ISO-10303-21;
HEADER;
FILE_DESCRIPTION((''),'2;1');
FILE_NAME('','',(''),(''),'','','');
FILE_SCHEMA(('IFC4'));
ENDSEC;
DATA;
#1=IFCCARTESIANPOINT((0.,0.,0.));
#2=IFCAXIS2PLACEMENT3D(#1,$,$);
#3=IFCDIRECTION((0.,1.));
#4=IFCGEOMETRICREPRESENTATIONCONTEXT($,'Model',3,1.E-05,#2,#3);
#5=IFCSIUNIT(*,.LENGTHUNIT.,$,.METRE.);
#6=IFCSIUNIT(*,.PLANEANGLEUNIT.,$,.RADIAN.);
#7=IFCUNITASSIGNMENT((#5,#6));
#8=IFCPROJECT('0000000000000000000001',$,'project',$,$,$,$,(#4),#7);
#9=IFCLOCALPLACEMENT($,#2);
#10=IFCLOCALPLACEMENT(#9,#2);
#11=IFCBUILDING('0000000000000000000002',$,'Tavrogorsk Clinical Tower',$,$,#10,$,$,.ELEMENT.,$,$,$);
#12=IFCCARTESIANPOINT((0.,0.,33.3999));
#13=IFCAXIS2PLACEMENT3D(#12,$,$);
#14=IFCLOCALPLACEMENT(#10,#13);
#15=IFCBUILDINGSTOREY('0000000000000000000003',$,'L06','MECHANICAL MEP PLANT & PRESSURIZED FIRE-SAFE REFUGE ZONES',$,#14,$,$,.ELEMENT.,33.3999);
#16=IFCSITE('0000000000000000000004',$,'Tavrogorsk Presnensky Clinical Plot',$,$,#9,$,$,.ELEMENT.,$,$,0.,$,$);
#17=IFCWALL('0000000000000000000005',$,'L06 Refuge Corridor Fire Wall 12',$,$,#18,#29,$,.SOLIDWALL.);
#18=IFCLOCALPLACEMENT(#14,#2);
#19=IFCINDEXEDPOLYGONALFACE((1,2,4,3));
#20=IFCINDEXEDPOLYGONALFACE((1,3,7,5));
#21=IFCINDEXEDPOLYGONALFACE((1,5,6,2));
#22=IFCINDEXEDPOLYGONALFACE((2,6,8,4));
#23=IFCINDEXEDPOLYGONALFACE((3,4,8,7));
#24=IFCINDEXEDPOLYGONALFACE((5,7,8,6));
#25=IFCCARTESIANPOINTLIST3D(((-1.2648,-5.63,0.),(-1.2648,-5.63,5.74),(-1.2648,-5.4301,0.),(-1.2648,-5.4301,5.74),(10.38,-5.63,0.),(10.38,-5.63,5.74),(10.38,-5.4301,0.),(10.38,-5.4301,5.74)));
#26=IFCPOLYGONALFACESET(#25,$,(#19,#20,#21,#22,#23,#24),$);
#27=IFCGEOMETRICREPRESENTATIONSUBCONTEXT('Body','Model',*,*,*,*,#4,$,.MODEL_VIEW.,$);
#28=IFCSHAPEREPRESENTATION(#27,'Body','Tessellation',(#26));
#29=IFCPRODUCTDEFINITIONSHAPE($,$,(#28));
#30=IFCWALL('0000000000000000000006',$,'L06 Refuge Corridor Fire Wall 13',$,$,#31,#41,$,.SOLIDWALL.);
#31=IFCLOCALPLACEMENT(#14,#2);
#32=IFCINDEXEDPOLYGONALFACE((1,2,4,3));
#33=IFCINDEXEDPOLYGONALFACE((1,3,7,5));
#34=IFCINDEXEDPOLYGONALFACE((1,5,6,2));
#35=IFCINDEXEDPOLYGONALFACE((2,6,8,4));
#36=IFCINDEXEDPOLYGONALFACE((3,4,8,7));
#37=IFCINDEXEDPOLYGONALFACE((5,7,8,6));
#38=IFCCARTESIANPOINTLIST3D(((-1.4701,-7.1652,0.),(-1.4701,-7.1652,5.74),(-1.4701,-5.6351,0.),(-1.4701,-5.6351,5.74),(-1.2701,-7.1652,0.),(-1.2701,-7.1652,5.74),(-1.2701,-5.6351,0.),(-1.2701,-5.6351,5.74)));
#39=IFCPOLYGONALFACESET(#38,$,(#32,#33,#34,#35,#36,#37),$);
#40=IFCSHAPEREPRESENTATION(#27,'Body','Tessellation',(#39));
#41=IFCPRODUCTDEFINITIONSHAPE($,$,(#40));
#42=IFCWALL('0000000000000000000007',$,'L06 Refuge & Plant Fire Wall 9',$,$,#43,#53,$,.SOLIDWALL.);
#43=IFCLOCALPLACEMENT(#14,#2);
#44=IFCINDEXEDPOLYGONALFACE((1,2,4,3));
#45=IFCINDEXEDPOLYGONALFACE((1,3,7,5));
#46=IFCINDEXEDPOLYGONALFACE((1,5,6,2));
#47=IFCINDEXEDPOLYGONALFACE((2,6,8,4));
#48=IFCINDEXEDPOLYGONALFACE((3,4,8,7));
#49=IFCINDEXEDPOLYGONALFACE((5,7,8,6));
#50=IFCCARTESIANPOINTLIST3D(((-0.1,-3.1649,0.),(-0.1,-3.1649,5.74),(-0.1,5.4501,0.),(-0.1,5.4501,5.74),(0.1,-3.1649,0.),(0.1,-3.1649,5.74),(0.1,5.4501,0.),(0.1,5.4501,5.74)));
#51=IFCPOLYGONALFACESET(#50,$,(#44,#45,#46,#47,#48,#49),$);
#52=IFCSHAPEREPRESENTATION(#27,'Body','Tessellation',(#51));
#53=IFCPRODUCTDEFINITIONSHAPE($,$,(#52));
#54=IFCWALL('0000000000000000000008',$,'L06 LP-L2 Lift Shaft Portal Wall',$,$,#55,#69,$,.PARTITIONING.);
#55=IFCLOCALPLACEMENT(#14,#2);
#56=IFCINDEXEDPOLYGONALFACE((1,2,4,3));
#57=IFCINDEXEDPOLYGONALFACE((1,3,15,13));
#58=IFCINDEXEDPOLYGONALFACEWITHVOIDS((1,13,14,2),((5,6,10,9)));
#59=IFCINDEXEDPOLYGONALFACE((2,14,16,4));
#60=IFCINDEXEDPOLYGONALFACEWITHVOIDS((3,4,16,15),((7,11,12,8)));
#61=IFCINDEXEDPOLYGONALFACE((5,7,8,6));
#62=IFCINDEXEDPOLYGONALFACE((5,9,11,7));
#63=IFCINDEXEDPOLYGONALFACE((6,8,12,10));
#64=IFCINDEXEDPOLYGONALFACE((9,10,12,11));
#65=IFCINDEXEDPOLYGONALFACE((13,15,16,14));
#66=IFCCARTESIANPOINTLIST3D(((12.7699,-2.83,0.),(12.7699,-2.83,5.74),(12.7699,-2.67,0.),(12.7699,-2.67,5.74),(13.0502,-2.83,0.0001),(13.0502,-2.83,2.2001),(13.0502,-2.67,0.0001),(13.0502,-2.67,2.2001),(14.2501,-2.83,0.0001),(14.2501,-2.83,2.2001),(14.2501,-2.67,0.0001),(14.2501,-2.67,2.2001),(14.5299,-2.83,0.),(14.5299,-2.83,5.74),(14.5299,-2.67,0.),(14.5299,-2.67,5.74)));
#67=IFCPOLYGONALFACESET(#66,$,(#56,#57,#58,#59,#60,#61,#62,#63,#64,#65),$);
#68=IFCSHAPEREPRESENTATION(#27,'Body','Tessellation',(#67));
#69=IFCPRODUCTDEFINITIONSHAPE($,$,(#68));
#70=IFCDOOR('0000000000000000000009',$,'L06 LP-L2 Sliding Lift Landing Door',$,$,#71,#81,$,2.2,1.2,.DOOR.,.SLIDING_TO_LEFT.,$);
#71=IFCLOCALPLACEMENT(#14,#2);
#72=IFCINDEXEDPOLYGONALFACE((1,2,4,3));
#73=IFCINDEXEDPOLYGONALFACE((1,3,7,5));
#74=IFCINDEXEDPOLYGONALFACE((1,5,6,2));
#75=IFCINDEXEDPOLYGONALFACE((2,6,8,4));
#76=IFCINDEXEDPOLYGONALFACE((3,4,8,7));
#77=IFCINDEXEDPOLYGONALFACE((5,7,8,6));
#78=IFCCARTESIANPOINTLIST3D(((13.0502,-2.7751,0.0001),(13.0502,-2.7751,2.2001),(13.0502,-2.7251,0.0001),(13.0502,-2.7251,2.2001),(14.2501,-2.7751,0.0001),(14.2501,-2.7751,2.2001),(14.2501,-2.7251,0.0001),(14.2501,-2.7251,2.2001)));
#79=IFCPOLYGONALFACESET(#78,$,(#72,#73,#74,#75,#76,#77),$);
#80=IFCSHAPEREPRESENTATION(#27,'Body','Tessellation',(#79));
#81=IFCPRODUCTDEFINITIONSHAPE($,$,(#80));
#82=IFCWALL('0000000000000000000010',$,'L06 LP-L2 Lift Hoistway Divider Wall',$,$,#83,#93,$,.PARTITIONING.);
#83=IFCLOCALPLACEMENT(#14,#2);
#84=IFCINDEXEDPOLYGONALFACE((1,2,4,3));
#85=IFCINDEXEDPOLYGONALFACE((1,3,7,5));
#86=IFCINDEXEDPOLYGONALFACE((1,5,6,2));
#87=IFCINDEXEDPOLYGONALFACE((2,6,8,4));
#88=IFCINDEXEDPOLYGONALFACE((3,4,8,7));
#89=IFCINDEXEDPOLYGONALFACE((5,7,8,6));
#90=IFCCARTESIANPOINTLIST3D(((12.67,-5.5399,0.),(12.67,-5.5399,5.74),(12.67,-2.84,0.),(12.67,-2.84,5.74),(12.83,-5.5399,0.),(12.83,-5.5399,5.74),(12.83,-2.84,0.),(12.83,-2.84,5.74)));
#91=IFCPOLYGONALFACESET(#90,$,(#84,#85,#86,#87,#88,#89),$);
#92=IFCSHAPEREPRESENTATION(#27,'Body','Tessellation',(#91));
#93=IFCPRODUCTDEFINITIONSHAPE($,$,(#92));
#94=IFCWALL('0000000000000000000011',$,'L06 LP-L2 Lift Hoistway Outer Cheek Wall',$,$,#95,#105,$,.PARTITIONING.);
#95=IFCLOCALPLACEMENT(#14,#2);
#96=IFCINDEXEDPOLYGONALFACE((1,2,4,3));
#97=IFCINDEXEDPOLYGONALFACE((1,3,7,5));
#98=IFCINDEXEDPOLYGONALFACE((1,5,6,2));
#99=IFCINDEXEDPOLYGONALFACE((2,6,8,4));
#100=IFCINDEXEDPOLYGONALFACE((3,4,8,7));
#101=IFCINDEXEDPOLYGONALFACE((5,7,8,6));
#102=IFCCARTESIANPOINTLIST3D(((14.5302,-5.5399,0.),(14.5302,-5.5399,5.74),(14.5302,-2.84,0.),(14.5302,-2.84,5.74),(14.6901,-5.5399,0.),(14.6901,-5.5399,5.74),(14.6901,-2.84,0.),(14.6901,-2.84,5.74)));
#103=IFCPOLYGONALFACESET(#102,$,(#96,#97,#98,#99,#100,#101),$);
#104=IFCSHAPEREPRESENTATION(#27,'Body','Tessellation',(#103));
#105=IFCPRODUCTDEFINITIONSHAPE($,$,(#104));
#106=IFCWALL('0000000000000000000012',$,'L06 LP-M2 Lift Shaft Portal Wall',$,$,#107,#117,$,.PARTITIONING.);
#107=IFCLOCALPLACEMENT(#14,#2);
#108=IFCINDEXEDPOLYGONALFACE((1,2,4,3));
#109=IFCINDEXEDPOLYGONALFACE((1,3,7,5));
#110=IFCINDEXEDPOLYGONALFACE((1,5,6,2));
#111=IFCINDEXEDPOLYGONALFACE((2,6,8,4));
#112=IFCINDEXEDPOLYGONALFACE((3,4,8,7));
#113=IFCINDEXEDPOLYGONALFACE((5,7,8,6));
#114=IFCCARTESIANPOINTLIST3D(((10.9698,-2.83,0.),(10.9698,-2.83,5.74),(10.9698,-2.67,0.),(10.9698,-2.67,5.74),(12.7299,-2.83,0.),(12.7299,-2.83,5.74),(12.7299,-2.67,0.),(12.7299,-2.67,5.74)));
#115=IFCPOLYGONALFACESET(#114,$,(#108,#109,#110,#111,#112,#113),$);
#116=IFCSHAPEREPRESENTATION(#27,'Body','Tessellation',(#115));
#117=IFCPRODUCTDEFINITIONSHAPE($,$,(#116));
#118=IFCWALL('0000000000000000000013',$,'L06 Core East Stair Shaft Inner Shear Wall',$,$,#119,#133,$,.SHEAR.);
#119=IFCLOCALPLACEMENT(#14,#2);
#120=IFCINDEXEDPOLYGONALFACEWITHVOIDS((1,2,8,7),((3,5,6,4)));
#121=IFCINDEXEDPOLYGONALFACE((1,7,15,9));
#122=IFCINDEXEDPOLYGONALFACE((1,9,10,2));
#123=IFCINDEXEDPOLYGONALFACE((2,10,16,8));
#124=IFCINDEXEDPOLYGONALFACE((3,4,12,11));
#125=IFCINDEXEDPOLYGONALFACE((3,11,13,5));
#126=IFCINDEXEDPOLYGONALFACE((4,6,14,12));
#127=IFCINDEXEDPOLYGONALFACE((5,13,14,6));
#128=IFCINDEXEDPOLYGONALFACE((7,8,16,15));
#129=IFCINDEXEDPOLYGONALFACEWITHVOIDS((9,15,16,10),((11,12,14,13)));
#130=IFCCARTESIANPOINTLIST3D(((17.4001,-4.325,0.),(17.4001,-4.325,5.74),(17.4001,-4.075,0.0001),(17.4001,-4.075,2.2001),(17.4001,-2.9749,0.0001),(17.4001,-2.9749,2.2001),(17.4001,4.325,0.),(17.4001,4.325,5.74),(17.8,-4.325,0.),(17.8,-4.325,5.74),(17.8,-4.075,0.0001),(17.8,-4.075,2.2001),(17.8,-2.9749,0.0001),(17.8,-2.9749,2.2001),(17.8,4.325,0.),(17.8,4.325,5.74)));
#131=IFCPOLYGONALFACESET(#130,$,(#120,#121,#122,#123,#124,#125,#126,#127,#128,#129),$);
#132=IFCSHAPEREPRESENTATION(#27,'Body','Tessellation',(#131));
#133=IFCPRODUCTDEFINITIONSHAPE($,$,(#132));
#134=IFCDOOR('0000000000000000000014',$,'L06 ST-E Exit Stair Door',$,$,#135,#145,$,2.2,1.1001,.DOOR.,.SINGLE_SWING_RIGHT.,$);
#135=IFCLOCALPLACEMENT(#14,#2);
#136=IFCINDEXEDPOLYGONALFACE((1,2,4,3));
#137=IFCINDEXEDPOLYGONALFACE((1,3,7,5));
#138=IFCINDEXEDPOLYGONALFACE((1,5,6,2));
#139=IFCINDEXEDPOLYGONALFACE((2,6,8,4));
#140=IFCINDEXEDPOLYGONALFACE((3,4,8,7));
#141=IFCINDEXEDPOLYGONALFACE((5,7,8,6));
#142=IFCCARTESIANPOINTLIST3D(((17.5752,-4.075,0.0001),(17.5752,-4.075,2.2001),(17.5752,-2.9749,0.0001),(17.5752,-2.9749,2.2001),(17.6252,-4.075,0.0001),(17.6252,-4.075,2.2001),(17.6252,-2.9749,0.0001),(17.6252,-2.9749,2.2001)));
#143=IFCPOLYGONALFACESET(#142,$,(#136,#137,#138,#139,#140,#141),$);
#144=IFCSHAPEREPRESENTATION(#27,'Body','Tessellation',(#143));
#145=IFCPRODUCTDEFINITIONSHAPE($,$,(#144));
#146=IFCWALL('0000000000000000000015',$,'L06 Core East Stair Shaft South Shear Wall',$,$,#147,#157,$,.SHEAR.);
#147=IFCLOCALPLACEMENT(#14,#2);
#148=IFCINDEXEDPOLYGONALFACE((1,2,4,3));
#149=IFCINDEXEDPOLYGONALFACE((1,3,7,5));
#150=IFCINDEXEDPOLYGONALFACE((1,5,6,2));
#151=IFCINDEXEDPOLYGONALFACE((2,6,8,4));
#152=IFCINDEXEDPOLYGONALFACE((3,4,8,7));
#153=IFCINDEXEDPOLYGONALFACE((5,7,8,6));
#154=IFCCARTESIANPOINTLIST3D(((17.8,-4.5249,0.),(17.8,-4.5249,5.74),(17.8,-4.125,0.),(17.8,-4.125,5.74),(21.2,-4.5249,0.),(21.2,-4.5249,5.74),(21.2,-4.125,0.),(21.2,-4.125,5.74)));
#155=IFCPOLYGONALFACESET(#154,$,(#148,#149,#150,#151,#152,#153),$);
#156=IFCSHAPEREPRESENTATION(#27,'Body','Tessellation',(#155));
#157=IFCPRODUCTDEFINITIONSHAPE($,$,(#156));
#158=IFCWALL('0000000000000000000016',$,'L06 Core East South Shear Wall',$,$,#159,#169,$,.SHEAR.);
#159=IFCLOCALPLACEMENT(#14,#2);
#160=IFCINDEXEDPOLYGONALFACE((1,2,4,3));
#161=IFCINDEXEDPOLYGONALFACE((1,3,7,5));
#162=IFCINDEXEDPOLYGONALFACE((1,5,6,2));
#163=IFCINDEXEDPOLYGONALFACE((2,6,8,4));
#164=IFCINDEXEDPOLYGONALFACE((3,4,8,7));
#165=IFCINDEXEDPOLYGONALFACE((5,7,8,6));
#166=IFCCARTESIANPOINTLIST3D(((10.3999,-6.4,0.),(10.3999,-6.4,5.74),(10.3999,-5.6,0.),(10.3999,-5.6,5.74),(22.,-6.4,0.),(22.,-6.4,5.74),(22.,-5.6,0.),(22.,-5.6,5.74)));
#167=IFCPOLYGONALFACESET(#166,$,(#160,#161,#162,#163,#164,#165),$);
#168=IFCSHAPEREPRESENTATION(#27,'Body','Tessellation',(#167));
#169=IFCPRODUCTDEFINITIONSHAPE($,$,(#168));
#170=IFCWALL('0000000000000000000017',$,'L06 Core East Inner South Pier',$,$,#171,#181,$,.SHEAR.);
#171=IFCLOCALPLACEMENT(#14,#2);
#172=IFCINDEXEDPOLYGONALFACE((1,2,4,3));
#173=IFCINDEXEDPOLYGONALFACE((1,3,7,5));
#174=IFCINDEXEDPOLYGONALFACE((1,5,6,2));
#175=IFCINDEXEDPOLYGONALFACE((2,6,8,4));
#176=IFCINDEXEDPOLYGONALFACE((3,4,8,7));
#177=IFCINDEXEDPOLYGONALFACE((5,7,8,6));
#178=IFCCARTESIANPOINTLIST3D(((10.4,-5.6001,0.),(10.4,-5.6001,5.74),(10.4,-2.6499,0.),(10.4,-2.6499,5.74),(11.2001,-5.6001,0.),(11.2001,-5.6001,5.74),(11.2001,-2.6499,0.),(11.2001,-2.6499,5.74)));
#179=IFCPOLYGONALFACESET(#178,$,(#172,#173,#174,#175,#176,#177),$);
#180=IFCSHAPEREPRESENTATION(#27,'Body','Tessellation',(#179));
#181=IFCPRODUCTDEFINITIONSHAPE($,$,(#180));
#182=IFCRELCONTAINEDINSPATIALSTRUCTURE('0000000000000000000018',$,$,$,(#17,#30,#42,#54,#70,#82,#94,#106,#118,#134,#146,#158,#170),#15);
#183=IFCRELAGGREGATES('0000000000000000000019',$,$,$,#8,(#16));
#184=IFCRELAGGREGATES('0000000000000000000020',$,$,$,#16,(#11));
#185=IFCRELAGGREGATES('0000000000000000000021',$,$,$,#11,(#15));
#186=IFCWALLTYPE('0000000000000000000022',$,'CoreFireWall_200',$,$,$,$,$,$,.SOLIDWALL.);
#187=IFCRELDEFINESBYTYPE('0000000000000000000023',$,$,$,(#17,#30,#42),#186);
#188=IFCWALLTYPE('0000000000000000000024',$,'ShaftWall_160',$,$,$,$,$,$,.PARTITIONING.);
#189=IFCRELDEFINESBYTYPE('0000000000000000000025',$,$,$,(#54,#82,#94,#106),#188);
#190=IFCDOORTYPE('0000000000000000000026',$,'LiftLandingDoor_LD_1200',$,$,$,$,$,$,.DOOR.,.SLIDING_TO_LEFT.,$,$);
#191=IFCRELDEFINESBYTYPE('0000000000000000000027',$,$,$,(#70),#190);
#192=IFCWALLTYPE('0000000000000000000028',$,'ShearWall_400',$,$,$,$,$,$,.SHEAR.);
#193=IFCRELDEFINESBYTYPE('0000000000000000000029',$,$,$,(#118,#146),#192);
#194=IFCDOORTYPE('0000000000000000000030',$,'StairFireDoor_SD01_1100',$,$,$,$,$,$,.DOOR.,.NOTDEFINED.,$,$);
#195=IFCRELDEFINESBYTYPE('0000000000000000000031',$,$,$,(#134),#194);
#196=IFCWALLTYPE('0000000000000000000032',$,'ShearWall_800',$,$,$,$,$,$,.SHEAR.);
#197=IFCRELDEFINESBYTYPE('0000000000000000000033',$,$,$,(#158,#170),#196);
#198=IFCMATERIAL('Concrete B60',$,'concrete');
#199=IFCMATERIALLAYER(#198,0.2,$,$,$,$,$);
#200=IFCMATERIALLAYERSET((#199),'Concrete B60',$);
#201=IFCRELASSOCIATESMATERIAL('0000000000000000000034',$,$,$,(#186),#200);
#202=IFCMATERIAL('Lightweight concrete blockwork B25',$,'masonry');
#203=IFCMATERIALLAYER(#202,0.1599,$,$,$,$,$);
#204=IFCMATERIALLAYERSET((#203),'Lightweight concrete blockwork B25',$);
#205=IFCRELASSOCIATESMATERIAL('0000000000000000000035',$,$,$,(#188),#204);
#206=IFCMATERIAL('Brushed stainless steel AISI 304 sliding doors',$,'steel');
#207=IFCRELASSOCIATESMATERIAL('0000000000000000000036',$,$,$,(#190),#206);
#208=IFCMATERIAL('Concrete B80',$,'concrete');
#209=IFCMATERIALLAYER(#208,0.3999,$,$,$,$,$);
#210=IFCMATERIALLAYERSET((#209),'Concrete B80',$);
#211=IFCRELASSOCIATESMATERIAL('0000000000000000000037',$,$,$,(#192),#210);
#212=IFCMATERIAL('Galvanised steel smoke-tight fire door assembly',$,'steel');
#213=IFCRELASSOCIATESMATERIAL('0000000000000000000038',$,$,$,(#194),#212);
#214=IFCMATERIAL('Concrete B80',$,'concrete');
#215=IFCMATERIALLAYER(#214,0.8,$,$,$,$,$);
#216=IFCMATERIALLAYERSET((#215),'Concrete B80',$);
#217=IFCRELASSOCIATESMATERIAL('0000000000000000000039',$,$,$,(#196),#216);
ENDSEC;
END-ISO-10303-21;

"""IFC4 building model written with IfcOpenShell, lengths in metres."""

from ifc_helpers import new_model, si_unit, direction, frame, frame_2d, origin, place, context, subcontext, project, spatial, rectangle, extrude, material, layer, layer_set, type_object, element, fill, save


model = new_model("IFC4")

# Units and contexts
model_context = context("Model", 3, precision=1e-05, world=origin(), true_north=direction((0.0, 1.0)))
body_context = subcontext(model_context, "Body", "Model", "MODEL_VIEW")
ifc_project = project(units=[si_unit("LENGTHUNIT", "METRE"), si_unit("PLANEANGLEUNIT", "RADIAN")], contexts=[model_context])

# Site, building, storey
site_placement = place(None, origin())
site = spatial("IfcSite", under=ifc_project, at=site_placement, Name="Tavrogorsk Presnensky Clinical Plot", CompositionType="ELEMENT", RefElevation=0.0)
building_placement = place(site_placement, origin())
building = spatial("IfcBuilding", under=site, at=building_placement, Name="Tavrogorsk Clinical Tower", CompositionType="ELEMENT")
storey_placement = place(building_placement, frame((0.0, 0.0, 33.3999)))
storey = spatial("IfcBuildingStorey", under=building, at=storey_placement, Name="L06", Description="MECHANICAL MEP PLANT & PRESSURIZED FIRE-SAFE REFUGE ZONES", CompositionType="ELEMENT", Elevation=33.3999)

# Shared definitions
ifc_material_1 = material(Name="Concrete B60", Category="concrete")
ifc_layer_1 = layer(ifc_material_1, 0.2)
ifc_layer_set_1 = layer_set([ifc_layer_1], Name="Concrete B60")
wall_type_1 = type_object("IfcWallType", Name="CoreFireWall_200", PredefinedType="SOLIDWALL", material=ifc_layer_set_1)

# Walls
wall_1_placement = place(storey_placement, frame((10.3799, -5.53, 0.0), z_axis=(0.0, 0.0, 1.0), x_axis=(-1.0, 0.0, 0.0)))
element("IfcWall", 1, at=wall_1_placement, inside=storey, type_object=wall_type_1, Name="L06 Refuge Corridor Fire Wall 12", PredefinedType="SOLIDWALL", context=body_context, shape_type="SweptSolid", body=[
    extrude(rectangle(XDim=11.6448, YDim=0.2, at=frame_2d((5.8223, 0.0))), origin(), (0.0, 0.0, 1.0), 5.74),
])
wall_2_placement = place(storey_placement, frame((-1.3701, -5.635, 0.0), z_axis=(0.0, 0.0, 1.0), x_axis=(0.0, -1.0, 0.0)))
element("IfcWall", 2, at=wall_2_placement, inside=storey, type_object=wall_type_1, Name="L06 Refuge Corridor Fire Wall 13", PredefinedType="SOLIDWALL", context=body_context, shape_type="SweptSolid", body=[
    extrude(rectangle(XDim=1.53, YDim=0.2, at=frame_2d((0.7651, 0.0))), origin(), (0.0, 0.0, 1.0), 5.74),
])
wall_3_placement = place(storey_placement, frame((0.0, -3.165, 0.0), z_axis=(0.0, 0.0, 1.0), x_axis=(0.0, 1.0, 0.0)))
element("IfcWall", 3, at=wall_3_placement, inside=storey, type_object=wall_type_1, Name="L06 Refuge & Plant Fire Wall 9", PredefinedType="SOLIDWALL", context=body_context, shape_type="SweptSolid", body=[
    extrude(rectangle(XDim=8.615, YDim=0.2, at=frame_2d((4.3076, 0.0))), origin(), (0.0, 0.0, 1.0), 5.74),
])

# Wall, opening, door
ifc_material_2 = material(Name="Lightweight concrete blockwork B25", Category="masonry")
ifc_layer_2 = layer(ifc_material_2, 0.1599)
ifc_layer_set_2 = layer_set([ifc_layer_2], Name="Lightweight concrete blockwork B25")
wall_type_2 = type_object("IfcWallType", Name="ShaftWall_160", PredefinedType="PARTITIONING", material=ifc_layer_set_2)
wall_4_placement = place(storey_placement, frame((12.77, -2.75, 0.0), z_axis=(0.0, 0.0, 1.0), x_axis=(1.0, 0.0, 0.0)))
wall_4 = element("IfcWall", 4, at=wall_4_placement, inside=storey, type_object=wall_type_2, Name="L06 LP-L2 Lift Shaft Portal Wall", PredefinedType="PARTITIONING", context=body_context, shape_type="SweptSolid", body=[
    extrude(rectangle(XDim=1.76, YDim=0.1599, at=frame_2d((0.8799, 0.0))), origin(), (0.0, 0.0, 1.0), 5.74),
])
opening_1_placement = place(wall_4_placement, frame((0.28, 0.0, 0.0)))
opening_1 = element("IfcOpeningElement", 5, at=opening_1_placement, cuts=wall_4, PredefinedType="OPENING", context=body_context, shape_type="SweptSolid", body=[
    extrude(rectangle(XDim=1.2, YDim=2.2, at=frame_2d((0.6001, 1.1001))), frame((0.0, 0.0898, 0.0), z_axis=(0.0, -1.0, 0.0), x_axis=(1.0, 0.0, 0.0)), (0.0, 0.0, 1.0), 0.1799),
])
ifc_material_3 = material(Name="Brushed stainless steel AISI 304 sliding doors", Category="steel")
door_type_1 = type_object("IfcDoorType", Name="LiftLandingDoor_LD_1200", OperationType="SLIDING_TO_LEFT", PredefinedType="DOOR", material=ifc_material_3)
door_1_placement = place(opening_1_placement, origin())
door_1 = element("IfcDoor", 6, at=door_1_placement, inside=storey, type_object=door_type_1, Name="L06 LP-L2 Sliding Lift Landing Door", OperationType="SLIDING_TO_LEFT", OverallHeight=2.2, OverallWidth=1.2, PredefinedType="DOOR", context=body_context, shape_type="SweptSolid", body=[
    extrude(rectangle(XDim=1.2, YDim=2.2, at=frame_2d((0.6001, 1.1001))), frame((0.0, 0.0249, 0.0), z_axis=(0.0, -1.0, 0.0), x_axis=(1.0, 0.0, 0.0)), (0.0, 0.0, 1.0), 0.05),
])
fill(opening_1, door_1)

# Walls
for number, where, z_axis, x_axis, name in (
    (7, (12.75, -5.54, 0.0), (0.0, 0.0, 1.0), (0.0, 1.0, 0.0), "L06 LP-L2 Lift Hoistway Divider Wall"),
    (8, (14.6101, -5.54, 0.0), (0.0, 0.0, 1.0), (0.0, 1.0, 0.0), "L06 LP-L2 Lift Hoistway Outer Cheek Wall"),
):
    element("IfcWall", number, at=place(storey_placement, frame(where, z_axis=z_axis, x_axis=x_axis)), inside=storey, type_object=wall_type_2, Name=name, PredefinedType="PARTITIONING", context=body_context, shape_type="SweptSolid", body=[
        extrude(rectangle(XDim=2.7, YDim=0.1599, at=frame_2d((1.3501, 0.0))), origin(), (0.0, 0.0, 1.0), 5.74),
    ])
wall_5_placement = place(storey_placement, frame((10.97, -2.75, 0.0), z_axis=(0.0, 0.0, 1.0), x_axis=(1.0, 0.0, 0.0)))
element("IfcWall", 9, at=wall_5_placement, inside=storey, type_object=wall_type_2, Name="L06 LP-M2 Lift Shaft Portal Wall", PredefinedType="PARTITIONING", context=body_context, shape_type="SweptSolid", body=[
    extrude(rectangle(XDim=1.76, YDim=0.1599, at=frame_2d((0.8799, 0.0))), origin(), (0.0, 0.0, 1.0), 5.74),
])

# Wall, opening, door
ifc_material_4 = material(Name="Concrete B80", Category="concrete")
ifc_layer_3 = layer(ifc_material_4, 0.3999)
ifc_layer_set_3 = layer_set([ifc_layer_3], Name="Concrete B80")
wall_type_3 = type_object("IfcWallType", Name="ShearWall_400", PredefinedType="SHEAR", material=ifc_layer_set_3)
wall_6_placement = place(storey_placement, frame((17.6001, -4.325, 0.0), z_axis=(0.0, 0.0, 1.0), x_axis=(0.0, 1.0, 0.0)))
wall_6 = element("IfcWall", 10, at=wall_6_placement, inside=storey, type_object=wall_type_3, Name="L06 Core East Stair Shaft Inner Shear Wall", PredefinedType="SHEAR", context=body_context, shape_type="SweptSolid", body=[
    extrude(rectangle(XDim=8.6499, YDim=0.3999, at=frame_2d((4.325, 0.0))), origin(), (0.0, 0.0, 1.0), 5.74),
])
opening_2_placement = place(wall_6_placement, frame((0.25, 0.0, 0.0)))
opening_2 = element("IfcOpeningElement", 11, at=opening_2_placement, cuts=wall_6, PredefinedType="OPENING", context=body_context, shape_type="SweptSolid", body=[
    extrude(rectangle(XDim=1.1001, YDim=2.2, at=frame_2d((0.55, 1.1001))), frame((0.0, 0.21, 0.0), z_axis=(0.0, -1.0, 0.0), x_axis=(1.0, 0.0, 0.0)), (0.0, 0.0, 1.0), 0.4199),
])
ifc_material_5 = material(Name="Galvanised steel smoke-tight fire door assembly", Category="steel")
door_type_2 = type_object("IfcDoorType", Name="StairFireDoor_SD01_1100", OperationType="NOTDEFINED", PredefinedType="DOOR", material=ifc_material_5)
door_2_placement = place(opening_2_placement, origin())
door_2 = element("IfcDoor", 12, at=door_2_placement, inside=storey, type_object=door_type_2, Name="L06 ST-E Exit Stair Door", OperationType="SINGLE_SWING_RIGHT", OverallHeight=2.2, OverallWidth=1.1001, PredefinedType="DOOR", context=body_context, shape_type="SweptSolid", body=[
    extrude(rectangle(XDim=1.1001, YDim=2.2, at=frame_2d((0.55, 1.1001))), frame((0.0, 0.0249, 0.0), z_axis=(0.0, -1.0, 0.0), x_axis=(1.0, 0.0, 0.0)), (0.0, 0.0, 1.0), 0.05),
])
fill(opening_2, door_2)

# Walls
wall_7_placement = place(storey_placement, frame((17.8, -4.325, 0.0), z_axis=(0.0, 0.0, 1.0), x_axis=(1.0, 0.0, 0.0)))
element("IfcWall", 13, at=wall_7_placement, inside=storey, type_object=wall_type_3, Name="L06 Core East Stair Shaft South Shear Wall", PredefinedType="SHEAR", context=body_context, shape_type="SweptSolid", body=[
    extrude(rectangle(XDim=3.3999, YDim=0.3999, at=frame_2d((1.7, 0.0))), origin(), (0.0, 0.0, 1.0), 5.74),
])
ifc_material_6 = material(Name="Concrete B80", Category="concrete")
ifc_layer_4 = layer(ifc_material_6, 0.8)
ifc_layer_set_4 = layer_set([ifc_layer_4], Name="Concrete B80")
wall_type_4 = type_object("IfcWallType", Name="ShearWall_800", PredefinedType="SHEAR", material=ifc_layer_set_4)
wall_8_placement = place(storey_placement, frame((10.3999, -6.0, 0.0), z_axis=(0.0, 0.0, 1.0), x_axis=(1.0, 0.0, 0.0)))
element("IfcWall", 14, at=wall_8_placement, inside=storey, type_object=wall_type_4, Name="L06 Core East South Shear Wall", PredefinedType="SHEAR", context=body_context, shape_type="SweptSolid", body=[
    extrude(rectangle(XDim=11.6001, YDim=0.8, at=frame_2d((5.8, 0.0))), origin(), (0.0, 0.0, 1.0), 5.74),
])
wall_9_placement = place(storey_placement, frame((10.8, -5.6001, 0.0), z_axis=(0.0, 0.0, 1.0), x_axis=(0.0, 1.0, 0.0)))
element("IfcWall", 15, at=wall_9_placement, inside=storey, type_object=wall_type_4, Name="L06 Core East Inner South Pier", PredefinedType="SHEAR", context=body_context, shape_type="SweptSolid", body=[
    extrude(rectangle(XDim=2.9502, YDim=0.8, at=frame_2d((1.4751, 0.0))), origin(), (0.0, 0.0, 1.0), 5.74),
])

save(model, "model.ifc")
